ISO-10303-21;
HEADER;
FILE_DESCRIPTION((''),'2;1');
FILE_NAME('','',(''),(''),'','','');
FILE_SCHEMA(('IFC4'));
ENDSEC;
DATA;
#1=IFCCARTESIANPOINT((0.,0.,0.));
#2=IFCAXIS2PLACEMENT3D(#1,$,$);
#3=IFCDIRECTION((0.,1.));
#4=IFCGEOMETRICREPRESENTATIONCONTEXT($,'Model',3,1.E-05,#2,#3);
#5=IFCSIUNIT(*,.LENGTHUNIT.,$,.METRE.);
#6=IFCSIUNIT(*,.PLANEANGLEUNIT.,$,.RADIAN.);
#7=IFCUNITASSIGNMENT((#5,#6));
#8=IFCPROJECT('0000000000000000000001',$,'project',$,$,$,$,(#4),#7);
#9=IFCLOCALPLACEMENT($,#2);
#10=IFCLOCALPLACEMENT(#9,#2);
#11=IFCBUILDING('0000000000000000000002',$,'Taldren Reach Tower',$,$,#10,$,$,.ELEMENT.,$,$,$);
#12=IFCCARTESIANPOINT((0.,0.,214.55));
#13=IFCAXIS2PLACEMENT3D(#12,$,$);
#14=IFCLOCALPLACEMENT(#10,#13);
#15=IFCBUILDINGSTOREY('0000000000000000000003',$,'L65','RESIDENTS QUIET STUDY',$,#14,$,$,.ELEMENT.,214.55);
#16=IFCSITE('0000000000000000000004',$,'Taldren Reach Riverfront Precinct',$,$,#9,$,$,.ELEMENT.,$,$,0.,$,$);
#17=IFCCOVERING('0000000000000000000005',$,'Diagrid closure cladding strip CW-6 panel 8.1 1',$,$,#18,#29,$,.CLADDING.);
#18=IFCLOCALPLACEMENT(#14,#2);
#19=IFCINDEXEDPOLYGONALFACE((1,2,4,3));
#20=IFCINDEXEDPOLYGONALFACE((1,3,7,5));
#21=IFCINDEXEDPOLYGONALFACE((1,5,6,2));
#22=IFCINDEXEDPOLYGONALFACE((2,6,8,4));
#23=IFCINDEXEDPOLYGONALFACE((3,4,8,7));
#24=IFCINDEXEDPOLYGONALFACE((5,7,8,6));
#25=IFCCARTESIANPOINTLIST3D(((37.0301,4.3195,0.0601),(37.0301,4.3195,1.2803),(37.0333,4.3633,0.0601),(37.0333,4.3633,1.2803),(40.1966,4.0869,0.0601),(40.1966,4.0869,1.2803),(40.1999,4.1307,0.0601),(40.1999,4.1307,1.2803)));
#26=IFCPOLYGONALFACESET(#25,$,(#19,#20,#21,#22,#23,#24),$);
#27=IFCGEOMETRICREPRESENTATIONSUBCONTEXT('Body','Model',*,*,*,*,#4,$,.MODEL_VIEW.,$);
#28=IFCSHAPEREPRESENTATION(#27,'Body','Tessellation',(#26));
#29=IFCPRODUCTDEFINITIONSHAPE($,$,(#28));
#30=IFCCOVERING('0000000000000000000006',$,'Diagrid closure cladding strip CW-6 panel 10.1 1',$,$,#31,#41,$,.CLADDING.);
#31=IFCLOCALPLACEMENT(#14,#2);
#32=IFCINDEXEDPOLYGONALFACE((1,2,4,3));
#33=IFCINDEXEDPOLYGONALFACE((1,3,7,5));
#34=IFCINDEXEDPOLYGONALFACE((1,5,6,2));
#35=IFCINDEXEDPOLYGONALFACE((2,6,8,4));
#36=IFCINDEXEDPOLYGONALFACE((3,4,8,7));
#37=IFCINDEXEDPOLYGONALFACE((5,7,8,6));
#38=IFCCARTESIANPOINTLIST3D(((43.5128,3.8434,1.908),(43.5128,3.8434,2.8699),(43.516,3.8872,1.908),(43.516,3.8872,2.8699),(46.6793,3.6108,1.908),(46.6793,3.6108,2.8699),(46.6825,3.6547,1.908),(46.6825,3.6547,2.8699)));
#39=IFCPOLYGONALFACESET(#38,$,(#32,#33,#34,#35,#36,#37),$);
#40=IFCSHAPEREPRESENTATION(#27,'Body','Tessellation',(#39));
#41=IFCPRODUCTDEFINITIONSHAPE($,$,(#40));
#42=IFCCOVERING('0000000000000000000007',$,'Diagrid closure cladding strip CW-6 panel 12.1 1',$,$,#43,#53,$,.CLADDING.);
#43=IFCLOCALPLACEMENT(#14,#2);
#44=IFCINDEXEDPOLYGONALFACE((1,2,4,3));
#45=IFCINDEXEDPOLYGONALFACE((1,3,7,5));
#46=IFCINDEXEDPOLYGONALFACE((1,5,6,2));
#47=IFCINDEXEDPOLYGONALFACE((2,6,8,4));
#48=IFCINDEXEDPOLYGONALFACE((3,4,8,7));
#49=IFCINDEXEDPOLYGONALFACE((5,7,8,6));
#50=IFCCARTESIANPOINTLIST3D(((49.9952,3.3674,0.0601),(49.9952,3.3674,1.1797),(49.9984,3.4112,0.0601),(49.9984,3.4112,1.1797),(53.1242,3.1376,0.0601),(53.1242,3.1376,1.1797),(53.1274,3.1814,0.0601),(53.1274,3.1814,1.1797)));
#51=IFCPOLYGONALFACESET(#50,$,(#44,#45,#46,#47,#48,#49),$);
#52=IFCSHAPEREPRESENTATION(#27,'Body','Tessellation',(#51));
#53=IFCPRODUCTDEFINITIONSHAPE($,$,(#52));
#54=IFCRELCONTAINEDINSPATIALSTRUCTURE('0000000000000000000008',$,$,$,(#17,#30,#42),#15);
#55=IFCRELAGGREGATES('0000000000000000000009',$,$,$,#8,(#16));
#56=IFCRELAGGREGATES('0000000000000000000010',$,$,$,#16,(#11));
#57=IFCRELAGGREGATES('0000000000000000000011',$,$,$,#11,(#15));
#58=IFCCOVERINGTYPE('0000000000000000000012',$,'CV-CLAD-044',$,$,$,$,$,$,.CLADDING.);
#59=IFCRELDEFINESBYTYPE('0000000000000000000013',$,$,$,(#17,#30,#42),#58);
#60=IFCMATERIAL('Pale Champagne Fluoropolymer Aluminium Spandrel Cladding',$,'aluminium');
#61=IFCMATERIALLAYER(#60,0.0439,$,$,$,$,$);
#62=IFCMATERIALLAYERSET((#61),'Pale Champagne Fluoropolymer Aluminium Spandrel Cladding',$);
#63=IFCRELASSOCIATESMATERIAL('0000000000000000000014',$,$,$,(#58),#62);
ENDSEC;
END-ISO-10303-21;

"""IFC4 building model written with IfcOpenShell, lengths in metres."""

from ifc_helpers import new_model, si_unit, direction, frame, origin, origin_2d, place, context, subcontext, project, spatial, rectangle, extrude, source, transform, mapped, material, layer, layer_set, type_object, element, save


model = new_model("IFC4")

# Units and contexts
model_context = context("Model", 3, precision=1e-05, world=origin(), true_north=direction((0.0, 1.0)))
body_context = subcontext(model_context, "Body", "Model", "MODEL_VIEW")
ifc_project = project(units=[si_unit("LENGTHUNIT", "METRE"), si_unit("PLANEANGLEUNIT", "RADIAN")], contexts=[model_context])

# Site, building, storey
site_placement = place(None, origin())
site = spatial("IfcSite", under=ifc_project, at=site_placement, Name="Taldren Reach Riverfront Precinct", CompositionType="ELEMENT", RefElevation=0.0)
building_placement = place(site_placement, origin())
building = spatial("IfcBuilding", under=site, at=building_placement, Name="Taldren Reach Tower", CompositionType="ELEMENT")
storey_placement = place(building_placement, frame((0.0, 0.0, 214.55)))
storey = spatial("IfcBuildingStorey", under=building, at=storey_placement, Name="L65", Description="RESIDENTS QUIET STUDY", CompositionType="ELEMENT", Elevation=214.55)

# Coverings
ifc_material_1 = material(Name="Pale Champagne Fluoropolymer Aluminium Spandrel Cladding", Category="aluminium")
ifc_layer_1 = layer(ifc_material_1, 0.0439)
ifc_layer_set_1 = layer_set([ifc_layer_1], Name="Pale Champagne Fluoropolymer Aluminium Spandrel Cladding")
covering_type = type_object("IfcCoveringType", Name="CV-CLAD-044", PredefinedType="CLADDING", material=ifc_layer_set_1)
shared_shape_1 = source(origin(), body_context, "Body", "SweptSolid", [
    extrude(rectangle(XDim=3.175, YDim=0.0439, at=origin_2d()), origin(), (0.0, 0.0, 1.0), 1.2202),
])
covering_1_placement = place(storey_placement, frame((38.615, 4.2251, 0.0601), z_axis=(0.0, 0.0, 1.0), x_axis=(0.997314, -0.073238, 0.0)))
element("IfcCovering", 1, at=covering_1_placement, inside=storey, type_object=covering_type, Name="Diagrid closure cladding strip CW-6 panel 8.1 1", PredefinedType="CLADDING", context=body_context, shape_type="MappedRepresentation", body=[
    mapped(shared_shape_1, transform((0.0, 0.0, 0.0), scale=1.0)),
])
shared_shape_2 = source(origin(), body_context, "Body", "SweptSolid", [
    extrude(rectangle(XDim=3.175, YDim=0.0439, at=origin_2d()), origin(), (0.0, 0.0, 1.0), 0.9619),
])
covering_2_placement = place(storey_placement, frame((45.0977, 3.749, 1.908), z_axis=(0.0, 0.0, 1.0), x_axis=(0.997314, -0.073238, 0.0)))
element("IfcCovering", 2, at=covering_2_placement, inside=storey, type_object=covering_type, Name="Diagrid closure cladding strip CW-6 panel 10.1 1", PredefinedType="CLADDING", context=body_context, shape_type="MappedRepresentation", body=[
    mapped(shared_shape_2, transform((0.0, 0.0, 0.0), scale=1.0)),
])
shared_shape_3 = source(origin(), body_context, "Body", "SweptSolid", [
    extrude(rectangle(XDim=3.1375, YDim=0.0439, at=origin_2d()), origin(), (0.0, 0.0, 1.0), 1.1196),
])
covering_3_placement = place(storey_placement, frame((51.5613, 3.2744, 0.0601), z_axis=(0.0, 0.0, 1.0), x_axis=(0.997314, -0.073238, 0.0)))
element("IfcCovering", 3, at=covering_3_placement, inside=storey, type_object=covering_type, Name="Diagrid closure cladding strip CW-6 panel 12.1 1", PredefinedType="CLADDING", context=body_context, shape_type="MappedRepresentation", body=[
    mapped(shared_shape_3, transform((0.0, 0.0, 0.0), scale=1.0)),
])

save(model, "model.ifc")
